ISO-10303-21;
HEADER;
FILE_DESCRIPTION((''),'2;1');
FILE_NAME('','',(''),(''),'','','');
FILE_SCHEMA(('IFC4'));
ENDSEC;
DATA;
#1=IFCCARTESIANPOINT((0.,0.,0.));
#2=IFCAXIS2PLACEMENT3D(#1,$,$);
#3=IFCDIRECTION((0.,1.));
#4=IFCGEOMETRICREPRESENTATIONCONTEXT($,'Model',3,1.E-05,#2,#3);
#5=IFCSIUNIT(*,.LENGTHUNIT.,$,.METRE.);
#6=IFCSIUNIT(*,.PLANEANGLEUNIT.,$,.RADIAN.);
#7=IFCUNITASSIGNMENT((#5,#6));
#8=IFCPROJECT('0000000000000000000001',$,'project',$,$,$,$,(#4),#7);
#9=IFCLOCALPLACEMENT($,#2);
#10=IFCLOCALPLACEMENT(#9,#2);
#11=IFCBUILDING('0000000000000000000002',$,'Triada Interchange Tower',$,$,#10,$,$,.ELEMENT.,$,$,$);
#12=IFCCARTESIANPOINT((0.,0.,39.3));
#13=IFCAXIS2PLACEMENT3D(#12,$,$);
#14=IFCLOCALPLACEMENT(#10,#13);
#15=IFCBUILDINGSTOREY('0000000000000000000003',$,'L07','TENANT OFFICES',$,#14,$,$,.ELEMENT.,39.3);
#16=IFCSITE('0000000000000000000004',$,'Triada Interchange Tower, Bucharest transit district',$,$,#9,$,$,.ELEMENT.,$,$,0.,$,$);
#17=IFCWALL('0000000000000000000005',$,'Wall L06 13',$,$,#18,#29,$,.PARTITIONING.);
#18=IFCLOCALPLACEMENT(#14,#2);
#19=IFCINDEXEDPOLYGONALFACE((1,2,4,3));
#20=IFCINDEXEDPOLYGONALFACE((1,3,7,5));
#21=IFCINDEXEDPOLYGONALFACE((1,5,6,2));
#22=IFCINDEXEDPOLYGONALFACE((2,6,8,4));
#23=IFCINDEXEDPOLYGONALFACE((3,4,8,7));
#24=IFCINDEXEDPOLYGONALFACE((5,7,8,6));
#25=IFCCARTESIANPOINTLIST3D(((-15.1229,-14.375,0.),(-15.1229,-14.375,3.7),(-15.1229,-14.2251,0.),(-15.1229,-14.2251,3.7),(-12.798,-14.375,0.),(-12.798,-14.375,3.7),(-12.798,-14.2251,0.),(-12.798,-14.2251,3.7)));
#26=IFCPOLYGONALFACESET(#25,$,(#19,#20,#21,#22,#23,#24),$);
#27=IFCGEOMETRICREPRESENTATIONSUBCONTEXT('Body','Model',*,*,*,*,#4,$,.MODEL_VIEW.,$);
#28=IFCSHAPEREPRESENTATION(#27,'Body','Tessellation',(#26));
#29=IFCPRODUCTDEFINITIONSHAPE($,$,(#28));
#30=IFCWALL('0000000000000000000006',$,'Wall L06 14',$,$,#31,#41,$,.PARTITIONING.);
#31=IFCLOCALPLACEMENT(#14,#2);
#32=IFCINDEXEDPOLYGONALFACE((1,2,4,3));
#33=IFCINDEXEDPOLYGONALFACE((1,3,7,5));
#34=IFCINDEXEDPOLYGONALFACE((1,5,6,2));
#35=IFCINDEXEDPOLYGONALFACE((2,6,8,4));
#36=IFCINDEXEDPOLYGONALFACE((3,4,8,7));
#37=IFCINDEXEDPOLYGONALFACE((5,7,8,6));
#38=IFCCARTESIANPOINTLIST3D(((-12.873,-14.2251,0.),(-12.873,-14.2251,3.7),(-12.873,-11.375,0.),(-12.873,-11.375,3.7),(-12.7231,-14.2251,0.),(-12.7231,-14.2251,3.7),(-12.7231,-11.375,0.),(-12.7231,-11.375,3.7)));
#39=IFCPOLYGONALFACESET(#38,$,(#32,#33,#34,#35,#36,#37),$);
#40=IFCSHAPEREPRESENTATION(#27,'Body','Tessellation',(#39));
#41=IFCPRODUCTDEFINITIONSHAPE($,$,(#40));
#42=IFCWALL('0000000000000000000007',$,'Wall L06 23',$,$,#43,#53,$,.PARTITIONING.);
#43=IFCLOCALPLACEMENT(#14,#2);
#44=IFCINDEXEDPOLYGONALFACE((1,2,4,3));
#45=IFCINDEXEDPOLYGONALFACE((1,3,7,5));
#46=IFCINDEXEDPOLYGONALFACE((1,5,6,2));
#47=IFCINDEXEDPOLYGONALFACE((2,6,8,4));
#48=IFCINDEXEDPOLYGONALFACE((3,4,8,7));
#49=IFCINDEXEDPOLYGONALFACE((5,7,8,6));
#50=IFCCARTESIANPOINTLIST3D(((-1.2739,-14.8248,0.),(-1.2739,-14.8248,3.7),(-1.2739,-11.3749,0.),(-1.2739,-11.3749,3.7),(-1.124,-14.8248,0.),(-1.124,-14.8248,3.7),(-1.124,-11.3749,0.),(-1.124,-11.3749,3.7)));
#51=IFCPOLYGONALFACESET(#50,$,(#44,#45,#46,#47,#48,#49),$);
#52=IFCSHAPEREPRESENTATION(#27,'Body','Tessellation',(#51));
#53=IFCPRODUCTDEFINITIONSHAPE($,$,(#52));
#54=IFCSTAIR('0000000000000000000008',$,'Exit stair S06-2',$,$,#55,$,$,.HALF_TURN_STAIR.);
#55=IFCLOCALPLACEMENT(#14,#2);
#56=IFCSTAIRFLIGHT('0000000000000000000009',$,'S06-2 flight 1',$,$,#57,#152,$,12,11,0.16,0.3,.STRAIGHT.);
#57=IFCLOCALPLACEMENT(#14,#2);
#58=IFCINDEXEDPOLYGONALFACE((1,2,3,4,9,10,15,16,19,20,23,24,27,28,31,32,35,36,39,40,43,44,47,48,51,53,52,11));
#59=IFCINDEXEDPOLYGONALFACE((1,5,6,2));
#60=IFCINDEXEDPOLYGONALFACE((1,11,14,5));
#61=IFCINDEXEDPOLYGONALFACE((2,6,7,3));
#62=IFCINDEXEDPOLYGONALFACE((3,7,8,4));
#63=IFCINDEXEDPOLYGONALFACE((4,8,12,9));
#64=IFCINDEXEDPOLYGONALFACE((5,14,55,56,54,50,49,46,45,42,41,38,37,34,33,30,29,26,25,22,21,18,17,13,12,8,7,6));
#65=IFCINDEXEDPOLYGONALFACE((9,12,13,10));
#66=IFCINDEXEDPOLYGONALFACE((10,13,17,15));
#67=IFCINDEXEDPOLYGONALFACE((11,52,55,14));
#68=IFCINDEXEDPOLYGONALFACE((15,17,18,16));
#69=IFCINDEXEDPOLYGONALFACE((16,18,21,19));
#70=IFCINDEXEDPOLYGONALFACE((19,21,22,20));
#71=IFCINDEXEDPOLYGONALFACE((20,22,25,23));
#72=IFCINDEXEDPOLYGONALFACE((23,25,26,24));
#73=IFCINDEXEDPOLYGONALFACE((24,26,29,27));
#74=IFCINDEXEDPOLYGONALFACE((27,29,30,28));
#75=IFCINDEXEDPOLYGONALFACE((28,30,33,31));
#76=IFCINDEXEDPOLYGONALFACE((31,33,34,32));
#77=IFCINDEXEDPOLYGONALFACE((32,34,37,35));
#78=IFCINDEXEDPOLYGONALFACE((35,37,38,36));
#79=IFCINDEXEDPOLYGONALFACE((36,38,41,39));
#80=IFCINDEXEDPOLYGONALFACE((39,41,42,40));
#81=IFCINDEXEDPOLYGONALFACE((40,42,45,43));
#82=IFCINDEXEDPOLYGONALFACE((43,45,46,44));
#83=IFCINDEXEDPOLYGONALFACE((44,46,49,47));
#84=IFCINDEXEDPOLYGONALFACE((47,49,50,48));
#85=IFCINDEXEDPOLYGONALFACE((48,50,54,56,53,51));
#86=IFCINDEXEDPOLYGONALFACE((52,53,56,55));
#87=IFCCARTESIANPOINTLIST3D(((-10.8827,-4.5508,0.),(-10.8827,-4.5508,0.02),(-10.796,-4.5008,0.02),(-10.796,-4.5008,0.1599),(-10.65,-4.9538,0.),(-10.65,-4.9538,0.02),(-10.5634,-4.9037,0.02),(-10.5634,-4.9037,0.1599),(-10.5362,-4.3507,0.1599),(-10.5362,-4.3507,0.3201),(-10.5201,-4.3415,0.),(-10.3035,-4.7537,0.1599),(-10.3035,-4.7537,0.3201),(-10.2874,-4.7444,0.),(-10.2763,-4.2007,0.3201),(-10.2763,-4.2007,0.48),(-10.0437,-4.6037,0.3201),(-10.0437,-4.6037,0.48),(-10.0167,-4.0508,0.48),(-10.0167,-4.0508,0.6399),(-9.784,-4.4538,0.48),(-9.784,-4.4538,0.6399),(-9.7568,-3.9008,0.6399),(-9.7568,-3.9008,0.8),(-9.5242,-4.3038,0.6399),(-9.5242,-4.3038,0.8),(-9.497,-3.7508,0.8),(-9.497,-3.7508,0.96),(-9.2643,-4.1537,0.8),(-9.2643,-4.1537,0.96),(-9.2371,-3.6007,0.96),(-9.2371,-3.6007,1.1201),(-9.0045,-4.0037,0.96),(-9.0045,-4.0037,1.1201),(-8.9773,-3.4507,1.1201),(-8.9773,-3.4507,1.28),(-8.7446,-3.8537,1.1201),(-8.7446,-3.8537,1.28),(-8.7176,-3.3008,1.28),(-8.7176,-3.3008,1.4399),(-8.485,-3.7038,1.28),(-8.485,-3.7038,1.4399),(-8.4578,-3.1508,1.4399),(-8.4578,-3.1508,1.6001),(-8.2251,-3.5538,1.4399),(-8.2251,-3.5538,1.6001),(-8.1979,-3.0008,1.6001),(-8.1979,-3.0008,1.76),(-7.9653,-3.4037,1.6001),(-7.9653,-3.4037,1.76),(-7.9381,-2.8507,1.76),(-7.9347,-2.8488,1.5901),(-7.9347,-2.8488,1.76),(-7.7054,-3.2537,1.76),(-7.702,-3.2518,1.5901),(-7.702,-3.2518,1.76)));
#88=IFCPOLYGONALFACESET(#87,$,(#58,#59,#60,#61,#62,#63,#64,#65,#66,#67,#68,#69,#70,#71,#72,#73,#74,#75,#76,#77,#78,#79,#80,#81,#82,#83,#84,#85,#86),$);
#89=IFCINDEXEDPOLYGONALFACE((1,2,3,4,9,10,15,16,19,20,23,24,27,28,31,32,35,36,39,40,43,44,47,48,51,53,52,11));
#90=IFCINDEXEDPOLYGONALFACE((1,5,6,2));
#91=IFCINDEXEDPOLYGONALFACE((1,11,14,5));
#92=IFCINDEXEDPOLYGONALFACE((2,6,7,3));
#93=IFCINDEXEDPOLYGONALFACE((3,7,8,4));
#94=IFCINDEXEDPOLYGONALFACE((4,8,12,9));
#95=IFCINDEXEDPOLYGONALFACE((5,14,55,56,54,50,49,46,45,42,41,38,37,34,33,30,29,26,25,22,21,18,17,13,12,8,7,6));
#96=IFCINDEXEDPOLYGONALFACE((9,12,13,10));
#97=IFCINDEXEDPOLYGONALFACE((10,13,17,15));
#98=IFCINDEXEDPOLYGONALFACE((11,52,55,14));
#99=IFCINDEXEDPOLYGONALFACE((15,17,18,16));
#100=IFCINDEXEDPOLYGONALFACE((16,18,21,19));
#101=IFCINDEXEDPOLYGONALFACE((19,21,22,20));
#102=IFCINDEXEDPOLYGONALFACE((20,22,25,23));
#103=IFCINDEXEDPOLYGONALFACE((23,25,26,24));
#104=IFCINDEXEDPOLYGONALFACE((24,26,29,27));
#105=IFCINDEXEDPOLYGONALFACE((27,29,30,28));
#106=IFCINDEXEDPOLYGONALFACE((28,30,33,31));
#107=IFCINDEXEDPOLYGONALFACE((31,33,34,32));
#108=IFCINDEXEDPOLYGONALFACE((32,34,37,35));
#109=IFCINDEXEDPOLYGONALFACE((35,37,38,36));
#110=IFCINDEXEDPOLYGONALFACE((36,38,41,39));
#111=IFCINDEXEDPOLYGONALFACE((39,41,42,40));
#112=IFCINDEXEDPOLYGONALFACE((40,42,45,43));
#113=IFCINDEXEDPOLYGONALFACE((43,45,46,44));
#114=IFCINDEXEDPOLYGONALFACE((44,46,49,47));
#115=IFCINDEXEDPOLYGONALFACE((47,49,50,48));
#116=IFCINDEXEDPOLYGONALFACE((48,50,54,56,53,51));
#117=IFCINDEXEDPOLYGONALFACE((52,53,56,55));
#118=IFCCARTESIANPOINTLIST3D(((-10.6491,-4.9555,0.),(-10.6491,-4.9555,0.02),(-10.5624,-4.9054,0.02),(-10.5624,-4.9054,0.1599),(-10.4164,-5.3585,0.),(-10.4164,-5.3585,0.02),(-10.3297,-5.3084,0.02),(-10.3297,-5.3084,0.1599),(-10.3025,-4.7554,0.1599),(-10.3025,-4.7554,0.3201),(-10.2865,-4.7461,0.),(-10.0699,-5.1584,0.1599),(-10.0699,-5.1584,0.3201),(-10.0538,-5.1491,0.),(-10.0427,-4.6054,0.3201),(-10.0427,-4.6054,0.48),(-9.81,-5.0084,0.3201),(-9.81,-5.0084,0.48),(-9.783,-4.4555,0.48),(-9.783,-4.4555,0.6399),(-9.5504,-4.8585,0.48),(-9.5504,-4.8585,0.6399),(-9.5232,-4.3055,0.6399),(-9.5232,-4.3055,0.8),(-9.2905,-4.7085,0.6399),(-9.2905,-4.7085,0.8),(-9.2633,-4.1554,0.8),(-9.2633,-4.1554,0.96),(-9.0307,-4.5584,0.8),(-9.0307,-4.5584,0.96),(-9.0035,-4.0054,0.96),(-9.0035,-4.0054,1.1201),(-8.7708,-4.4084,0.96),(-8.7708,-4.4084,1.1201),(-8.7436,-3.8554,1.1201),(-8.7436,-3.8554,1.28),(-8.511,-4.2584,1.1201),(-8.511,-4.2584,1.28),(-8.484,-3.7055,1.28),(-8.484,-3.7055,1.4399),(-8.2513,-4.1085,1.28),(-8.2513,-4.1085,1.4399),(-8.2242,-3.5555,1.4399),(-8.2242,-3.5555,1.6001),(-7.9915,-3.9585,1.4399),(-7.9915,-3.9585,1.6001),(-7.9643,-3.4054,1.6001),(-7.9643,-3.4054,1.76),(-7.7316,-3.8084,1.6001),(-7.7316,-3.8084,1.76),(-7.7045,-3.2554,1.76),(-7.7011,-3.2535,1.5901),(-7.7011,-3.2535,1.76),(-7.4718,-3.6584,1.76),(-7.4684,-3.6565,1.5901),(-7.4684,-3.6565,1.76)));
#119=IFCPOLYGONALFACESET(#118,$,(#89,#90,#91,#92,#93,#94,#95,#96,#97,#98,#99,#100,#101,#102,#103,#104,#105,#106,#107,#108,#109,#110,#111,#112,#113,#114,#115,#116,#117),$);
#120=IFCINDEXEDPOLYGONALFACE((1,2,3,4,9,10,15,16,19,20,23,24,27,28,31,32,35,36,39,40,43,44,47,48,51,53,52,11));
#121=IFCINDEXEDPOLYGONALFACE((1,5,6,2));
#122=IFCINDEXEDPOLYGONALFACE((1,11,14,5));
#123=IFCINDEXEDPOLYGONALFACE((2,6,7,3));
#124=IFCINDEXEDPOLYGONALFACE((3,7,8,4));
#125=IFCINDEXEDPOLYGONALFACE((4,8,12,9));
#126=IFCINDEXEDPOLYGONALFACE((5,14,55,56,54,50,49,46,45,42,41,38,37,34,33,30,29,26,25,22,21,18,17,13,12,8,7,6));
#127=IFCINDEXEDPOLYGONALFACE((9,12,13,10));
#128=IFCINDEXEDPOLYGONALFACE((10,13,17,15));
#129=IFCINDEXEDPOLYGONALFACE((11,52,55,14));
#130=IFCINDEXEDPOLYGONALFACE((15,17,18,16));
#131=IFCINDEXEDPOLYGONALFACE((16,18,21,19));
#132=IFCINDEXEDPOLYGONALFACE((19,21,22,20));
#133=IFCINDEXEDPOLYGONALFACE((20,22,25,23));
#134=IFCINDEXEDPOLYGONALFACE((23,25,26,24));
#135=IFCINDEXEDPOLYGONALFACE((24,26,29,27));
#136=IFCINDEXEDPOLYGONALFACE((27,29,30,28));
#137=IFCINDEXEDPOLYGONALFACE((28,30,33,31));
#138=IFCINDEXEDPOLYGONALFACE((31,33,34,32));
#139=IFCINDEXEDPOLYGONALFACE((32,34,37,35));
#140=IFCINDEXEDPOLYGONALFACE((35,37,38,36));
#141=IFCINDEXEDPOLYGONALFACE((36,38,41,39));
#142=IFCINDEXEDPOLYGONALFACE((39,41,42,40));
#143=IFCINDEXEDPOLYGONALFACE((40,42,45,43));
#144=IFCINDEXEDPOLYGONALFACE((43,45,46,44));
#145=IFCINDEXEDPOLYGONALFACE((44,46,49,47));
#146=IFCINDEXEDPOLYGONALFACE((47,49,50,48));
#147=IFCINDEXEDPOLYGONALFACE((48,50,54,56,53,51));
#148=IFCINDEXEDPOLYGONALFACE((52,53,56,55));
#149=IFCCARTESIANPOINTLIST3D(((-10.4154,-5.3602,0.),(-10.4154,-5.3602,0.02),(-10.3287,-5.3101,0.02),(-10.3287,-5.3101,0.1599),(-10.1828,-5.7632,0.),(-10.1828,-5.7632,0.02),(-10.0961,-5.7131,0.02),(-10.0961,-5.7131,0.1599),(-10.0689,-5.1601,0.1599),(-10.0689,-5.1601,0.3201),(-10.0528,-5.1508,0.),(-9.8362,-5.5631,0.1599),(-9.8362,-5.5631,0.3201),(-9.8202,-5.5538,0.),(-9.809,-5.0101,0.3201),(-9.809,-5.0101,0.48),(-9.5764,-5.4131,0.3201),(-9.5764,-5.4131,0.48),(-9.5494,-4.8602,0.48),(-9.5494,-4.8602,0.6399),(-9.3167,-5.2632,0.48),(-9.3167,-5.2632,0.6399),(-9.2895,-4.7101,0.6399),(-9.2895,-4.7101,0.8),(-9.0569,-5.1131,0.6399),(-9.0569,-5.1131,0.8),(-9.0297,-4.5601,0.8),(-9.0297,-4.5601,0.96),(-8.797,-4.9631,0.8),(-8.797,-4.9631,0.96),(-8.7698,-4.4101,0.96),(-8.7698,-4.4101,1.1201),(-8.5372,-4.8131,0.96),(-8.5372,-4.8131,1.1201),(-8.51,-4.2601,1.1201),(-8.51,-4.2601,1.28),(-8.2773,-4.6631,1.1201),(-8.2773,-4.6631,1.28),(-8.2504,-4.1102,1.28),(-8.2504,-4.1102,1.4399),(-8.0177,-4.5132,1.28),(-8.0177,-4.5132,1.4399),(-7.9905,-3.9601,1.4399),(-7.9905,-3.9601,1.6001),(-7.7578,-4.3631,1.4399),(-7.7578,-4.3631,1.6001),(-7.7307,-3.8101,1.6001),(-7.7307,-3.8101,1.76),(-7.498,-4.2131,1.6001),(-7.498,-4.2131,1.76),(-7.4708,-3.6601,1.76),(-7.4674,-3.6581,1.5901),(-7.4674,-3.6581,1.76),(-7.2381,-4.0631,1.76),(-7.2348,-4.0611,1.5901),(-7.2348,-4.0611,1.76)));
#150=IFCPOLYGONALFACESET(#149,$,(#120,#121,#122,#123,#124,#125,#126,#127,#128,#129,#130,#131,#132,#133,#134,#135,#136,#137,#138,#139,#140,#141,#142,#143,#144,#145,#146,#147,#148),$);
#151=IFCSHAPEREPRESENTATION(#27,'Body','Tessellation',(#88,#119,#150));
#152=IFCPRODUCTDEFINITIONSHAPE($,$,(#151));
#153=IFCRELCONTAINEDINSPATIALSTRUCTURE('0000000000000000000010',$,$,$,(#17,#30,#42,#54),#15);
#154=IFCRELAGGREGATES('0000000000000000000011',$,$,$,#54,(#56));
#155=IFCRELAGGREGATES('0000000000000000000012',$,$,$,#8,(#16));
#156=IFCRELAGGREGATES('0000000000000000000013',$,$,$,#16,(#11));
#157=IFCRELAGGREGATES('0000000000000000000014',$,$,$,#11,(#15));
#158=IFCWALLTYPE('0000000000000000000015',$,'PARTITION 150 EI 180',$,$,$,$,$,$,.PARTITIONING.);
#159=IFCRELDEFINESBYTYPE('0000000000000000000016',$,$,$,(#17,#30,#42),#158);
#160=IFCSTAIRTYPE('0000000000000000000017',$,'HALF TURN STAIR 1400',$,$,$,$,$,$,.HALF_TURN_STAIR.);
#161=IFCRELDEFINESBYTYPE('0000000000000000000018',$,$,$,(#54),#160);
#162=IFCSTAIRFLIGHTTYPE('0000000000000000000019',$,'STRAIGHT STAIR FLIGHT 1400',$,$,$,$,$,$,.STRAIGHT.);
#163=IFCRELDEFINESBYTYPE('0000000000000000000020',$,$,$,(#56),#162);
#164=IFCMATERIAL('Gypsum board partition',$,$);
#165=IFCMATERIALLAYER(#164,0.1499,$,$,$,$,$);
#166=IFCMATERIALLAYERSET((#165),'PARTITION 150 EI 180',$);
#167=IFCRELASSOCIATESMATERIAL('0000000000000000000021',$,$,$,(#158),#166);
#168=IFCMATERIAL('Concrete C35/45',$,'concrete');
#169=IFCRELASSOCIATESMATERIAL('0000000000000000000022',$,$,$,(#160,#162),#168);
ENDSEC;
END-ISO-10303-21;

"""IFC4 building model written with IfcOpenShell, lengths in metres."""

from ifc_helpers import new_model, si_unit, direction, frame, frame_2d, origin, place, context, subcontext, project, spatial, polyline, rectangle, outline, extrude, material, layer, layer_set, type_object, element, aggregate, save


model = new_model("IFC4")

# Units and contexts
model_context = context("Model", 3, precision=1e-05, world=origin(), true_north=direction((0.0, 1.0)))
body_context = subcontext(model_context, "Body", "Model", "MODEL_VIEW")
ifc_project = project(units=[si_unit("LENGTHUNIT", "METRE"), si_unit("PLANEANGLEUNIT", "RADIAN")], contexts=[model_context])

# Site, building, storey
site_placement = place(None, origin())
site = spatial("IfcSite", under=ifc_project, at=site_placement, Name="Triada Interchange Tower, Bucharest transit district", CompositionType="ELEMENT", RefElevation=0.0)
building_placement = place(site_placement, origin())
building = spatial("IfcBuilding", under=site, at=building_placement, Name="Triada Interchange Tower", CompositionType="ELEMENT")
storey_placement = place(building_placement, frame((0.0, 0.0, 39.3)))
storey = spatial("IfcBuildingStorey", under=building, at=storey_placement, Name="L07", Description="TENANT OFFICES", CompositionType="ELEMENT", Elevation=39.3)

# Walls
ifc_material_1 = material(Name="Gypsum board partition")
ifc_layer_1 = layer(ifc_material_1, 0.1499)
ifc_layer_set_1 = layer_set([ifc_layer_1], Name="PARTITION 150 EI 180")
wall_type_1 = type_object("IfcWallType", Name="PARTITION 150 EI 180", PredefinedType="PARTITIONING", material=ifc_layer_set_1)
wall_1_placement = place(storey_placement, frame((-15.123, -14.3, 0.0), z_axis=(0.0, 0.0, 1.0), x_axis=(1.0, 0.0, 0.0)))
element("IfcWall", 1, at=wall_1_placement, inside=storey, type_object=wall_type_1, Name="Wall L06 13", PredefinedType="PARTITIONING", context=body_context, shape_type="SweptSolid", body=[
    extrude(rectangle(XDim=2.325, YDim=0.1499, at=frame_2d((1.1626, 0.0))), origin(), (0.0, 0.0, 1.0), 3.7),
])
wall_2_placement = place(storey_placement, frame((-12.7981, -14.2251, 0.0), z_axis=(0.0, 0.0, 1.0), x_axis=(0.0, 1.0, 0.0)))
element("IfcWall", 2, at=wall_2_placement, inside=storey, type_object=wall_type_1, Name="Wall L06 14", PredefinedType="PARTITIONING", context=body_context, shape_type="SweptSolid", body=[
    extrude(rectangle(XDim=2.8501, YDim=0.1499, at=frame_2d((1.425, 0.0))), origin(), (0.0, 0.0, 1.0), 3.7),
])
wall_3_placement = place(storey_placement, frame((-1.199, -14.825, 0.0), z_axis=(0.0, 0.0, 1.0), x_axis=(0.0, 1.0, 0.0)))
element("IfcWall", 3, at=wall_3_placement, inside=storey, type_object=wall_type_1, Name="Wall L06 23", PredefinedType="PARTITIONING", context=body_context, shape_type="SweptSolid", body=[
    extrude(rectangle(XDim=3.45, YDim=0.1499, at=frame_2d((1.7251, 0.0))), origin(), (0.0, 0.0, 1.0), 3.7),
])

# Stair, stair flight
ifc_material_2 = material(Name="Concrete C35/45", Category="concrete")
stair_type = type_object("IfcStairType", Name="HALF TURN STAIR 1400", PredefinedType="HALF_TURN_STAIR", material=ifc_material_2)
stair_placement = place(storey_placement, origin())
stair = element("IfcStair", 4, at=stair_placement, inside=storey, type_object=stair_type, Name="Exit stair S06-2", PredefinedType="HALF_TURN_STAIR")
stair_flight_type = type_object("IfcStairFlightType", Name="STRAIGHT STAIR FLIGHT 1400", PredefinedType="STRAIGHT", material=ifc_material_2)
stair_flight_1_placement = place(storey_placement, frame((-10.446, -5.1069, 0.0), z_axis=(0.0, 0.0, 1.0), x_axis=(0.866025, 0.5, 0.0)))
stair_flight_1 = element("IfcStairFlight", 5, at=stair_flight_1_placement, type_object=stair_flight_type, Name="S06-2 flight 1", NumberOfRisers=12, NumberOfTreads=11, PredefinedType="STRAIGHT", RiserHeight=0.16, TreadLength=0.3, context=body_context, shape_type="SweptSolid", body=[
    extrude(outline(polyline([(-0.1001, 0.0), (-0.1001, 0.02), (0.0, 0.02), (0.0, 0.1599), (0.3, 0.1599), (0.3, 0.3201), (0.6001, 0.3201), (0.6001, 0.48), (0.8999, 0.48), (0.8999, 0.6399), (1.2, 0.6399), (1.2, 0.8), (1.5, 0.8), (1.5, 0.96), (1.8, 0.96), (1.8, 1.1201), (2.1001, 1.1201), (2.1001, 1.28), (2.3999, 1.28), (2.3999, 1.4399), (2.7, 1.4399), (2.7, 1.6001), (3.0, 1.6001), (3.0, 1.76), (3.3, 1.76), (3.304, 1.76), (3.304, 1.9199), (3.304, 1.5901), (0.3186, 0.0), (-0.1001, 0.0)])), frame((0.0, 0.7, 0.0), z_axis=(0.0, -1.0, 0.0), x_axis=(1.0, 0.0, 0.0)), (0.0, 0.0, 1.0), 0.4653),
    extrude(outline(polyline([(-0.1001, 0.0), (-0.1001, 0.02), (0.0, 0.02), (0.0, 0.1599), (0.3, 0.1599), (0.3, 0.3201), (0.6001, 0.3201), (0.6001, 0.48), (0.8999, 0.48), (0.8999, 0.6399), (1.2, 0.6399), (1.2, 0.8), (1.5, 0.8), (1.5, 0.96), (1.8, 0.96), (1.8, 1.1201), (2.1001, 1.1201), (2.1001, 1.28), (2.3999, 1.28), (2.3999, 1.4399), (2.7, 1.4399), (2.7, 1.6001), (3.0, 1.6001), (3.0, 1.76), (3.3, 1.76), (3.304, 1.76), (3.304, 1.9199), (3.304, 1.5901), (0.3186, 0.0), (-0.1001, 0.0)])), frame((0.0, 0.2327, 0.0), z_axis=(0.0, -1.0, 0.0), x_axis=(1.0, 0.0, 0.0)), (0.0, 0.0, 1.0), 0.4653),
    extrude(outline(polyline([(-0.1001, 0.0), (-0.1001, 0.02), (0.0, 0.02), (0.0, 0.1599), (0.3, 0.1599), (0.3, 0.3201), (0.6001, 0.3201), (0.6001, 0.48), (0.8999, 0.48), (0.8999, 0.6399), (1.2, 0.6399), (1.2, 0.8), (1.5, 0.8), (1.5, 0.96), (1.8, 0.96), (1.8, 1.1201), (2.1001, 1.1201), (2.1001, 1.28), (2.3999, 1.28), (2.3999, 1.4399), (2.7, 1.4399), (2.7, 1.6001), (3.0, 1.6001), (3.0, 1.76), (3.3, 1.76), (3.304, 1.76), (3.304, 1.9199), (3.304, 1.5901), (0.3186, 0.0), (-0.1001, 0.0)])), frame((0.0, -0.2346, 0.0), z_axis=(0.0, -1.0, 0.0), x_axis=(1.0, 0.0, 0.0)), (0.0, 0.0, 1.0), 0.4653),
])
aggregate(stair, [stair_flight_1])

save(model, "model.ifc")
